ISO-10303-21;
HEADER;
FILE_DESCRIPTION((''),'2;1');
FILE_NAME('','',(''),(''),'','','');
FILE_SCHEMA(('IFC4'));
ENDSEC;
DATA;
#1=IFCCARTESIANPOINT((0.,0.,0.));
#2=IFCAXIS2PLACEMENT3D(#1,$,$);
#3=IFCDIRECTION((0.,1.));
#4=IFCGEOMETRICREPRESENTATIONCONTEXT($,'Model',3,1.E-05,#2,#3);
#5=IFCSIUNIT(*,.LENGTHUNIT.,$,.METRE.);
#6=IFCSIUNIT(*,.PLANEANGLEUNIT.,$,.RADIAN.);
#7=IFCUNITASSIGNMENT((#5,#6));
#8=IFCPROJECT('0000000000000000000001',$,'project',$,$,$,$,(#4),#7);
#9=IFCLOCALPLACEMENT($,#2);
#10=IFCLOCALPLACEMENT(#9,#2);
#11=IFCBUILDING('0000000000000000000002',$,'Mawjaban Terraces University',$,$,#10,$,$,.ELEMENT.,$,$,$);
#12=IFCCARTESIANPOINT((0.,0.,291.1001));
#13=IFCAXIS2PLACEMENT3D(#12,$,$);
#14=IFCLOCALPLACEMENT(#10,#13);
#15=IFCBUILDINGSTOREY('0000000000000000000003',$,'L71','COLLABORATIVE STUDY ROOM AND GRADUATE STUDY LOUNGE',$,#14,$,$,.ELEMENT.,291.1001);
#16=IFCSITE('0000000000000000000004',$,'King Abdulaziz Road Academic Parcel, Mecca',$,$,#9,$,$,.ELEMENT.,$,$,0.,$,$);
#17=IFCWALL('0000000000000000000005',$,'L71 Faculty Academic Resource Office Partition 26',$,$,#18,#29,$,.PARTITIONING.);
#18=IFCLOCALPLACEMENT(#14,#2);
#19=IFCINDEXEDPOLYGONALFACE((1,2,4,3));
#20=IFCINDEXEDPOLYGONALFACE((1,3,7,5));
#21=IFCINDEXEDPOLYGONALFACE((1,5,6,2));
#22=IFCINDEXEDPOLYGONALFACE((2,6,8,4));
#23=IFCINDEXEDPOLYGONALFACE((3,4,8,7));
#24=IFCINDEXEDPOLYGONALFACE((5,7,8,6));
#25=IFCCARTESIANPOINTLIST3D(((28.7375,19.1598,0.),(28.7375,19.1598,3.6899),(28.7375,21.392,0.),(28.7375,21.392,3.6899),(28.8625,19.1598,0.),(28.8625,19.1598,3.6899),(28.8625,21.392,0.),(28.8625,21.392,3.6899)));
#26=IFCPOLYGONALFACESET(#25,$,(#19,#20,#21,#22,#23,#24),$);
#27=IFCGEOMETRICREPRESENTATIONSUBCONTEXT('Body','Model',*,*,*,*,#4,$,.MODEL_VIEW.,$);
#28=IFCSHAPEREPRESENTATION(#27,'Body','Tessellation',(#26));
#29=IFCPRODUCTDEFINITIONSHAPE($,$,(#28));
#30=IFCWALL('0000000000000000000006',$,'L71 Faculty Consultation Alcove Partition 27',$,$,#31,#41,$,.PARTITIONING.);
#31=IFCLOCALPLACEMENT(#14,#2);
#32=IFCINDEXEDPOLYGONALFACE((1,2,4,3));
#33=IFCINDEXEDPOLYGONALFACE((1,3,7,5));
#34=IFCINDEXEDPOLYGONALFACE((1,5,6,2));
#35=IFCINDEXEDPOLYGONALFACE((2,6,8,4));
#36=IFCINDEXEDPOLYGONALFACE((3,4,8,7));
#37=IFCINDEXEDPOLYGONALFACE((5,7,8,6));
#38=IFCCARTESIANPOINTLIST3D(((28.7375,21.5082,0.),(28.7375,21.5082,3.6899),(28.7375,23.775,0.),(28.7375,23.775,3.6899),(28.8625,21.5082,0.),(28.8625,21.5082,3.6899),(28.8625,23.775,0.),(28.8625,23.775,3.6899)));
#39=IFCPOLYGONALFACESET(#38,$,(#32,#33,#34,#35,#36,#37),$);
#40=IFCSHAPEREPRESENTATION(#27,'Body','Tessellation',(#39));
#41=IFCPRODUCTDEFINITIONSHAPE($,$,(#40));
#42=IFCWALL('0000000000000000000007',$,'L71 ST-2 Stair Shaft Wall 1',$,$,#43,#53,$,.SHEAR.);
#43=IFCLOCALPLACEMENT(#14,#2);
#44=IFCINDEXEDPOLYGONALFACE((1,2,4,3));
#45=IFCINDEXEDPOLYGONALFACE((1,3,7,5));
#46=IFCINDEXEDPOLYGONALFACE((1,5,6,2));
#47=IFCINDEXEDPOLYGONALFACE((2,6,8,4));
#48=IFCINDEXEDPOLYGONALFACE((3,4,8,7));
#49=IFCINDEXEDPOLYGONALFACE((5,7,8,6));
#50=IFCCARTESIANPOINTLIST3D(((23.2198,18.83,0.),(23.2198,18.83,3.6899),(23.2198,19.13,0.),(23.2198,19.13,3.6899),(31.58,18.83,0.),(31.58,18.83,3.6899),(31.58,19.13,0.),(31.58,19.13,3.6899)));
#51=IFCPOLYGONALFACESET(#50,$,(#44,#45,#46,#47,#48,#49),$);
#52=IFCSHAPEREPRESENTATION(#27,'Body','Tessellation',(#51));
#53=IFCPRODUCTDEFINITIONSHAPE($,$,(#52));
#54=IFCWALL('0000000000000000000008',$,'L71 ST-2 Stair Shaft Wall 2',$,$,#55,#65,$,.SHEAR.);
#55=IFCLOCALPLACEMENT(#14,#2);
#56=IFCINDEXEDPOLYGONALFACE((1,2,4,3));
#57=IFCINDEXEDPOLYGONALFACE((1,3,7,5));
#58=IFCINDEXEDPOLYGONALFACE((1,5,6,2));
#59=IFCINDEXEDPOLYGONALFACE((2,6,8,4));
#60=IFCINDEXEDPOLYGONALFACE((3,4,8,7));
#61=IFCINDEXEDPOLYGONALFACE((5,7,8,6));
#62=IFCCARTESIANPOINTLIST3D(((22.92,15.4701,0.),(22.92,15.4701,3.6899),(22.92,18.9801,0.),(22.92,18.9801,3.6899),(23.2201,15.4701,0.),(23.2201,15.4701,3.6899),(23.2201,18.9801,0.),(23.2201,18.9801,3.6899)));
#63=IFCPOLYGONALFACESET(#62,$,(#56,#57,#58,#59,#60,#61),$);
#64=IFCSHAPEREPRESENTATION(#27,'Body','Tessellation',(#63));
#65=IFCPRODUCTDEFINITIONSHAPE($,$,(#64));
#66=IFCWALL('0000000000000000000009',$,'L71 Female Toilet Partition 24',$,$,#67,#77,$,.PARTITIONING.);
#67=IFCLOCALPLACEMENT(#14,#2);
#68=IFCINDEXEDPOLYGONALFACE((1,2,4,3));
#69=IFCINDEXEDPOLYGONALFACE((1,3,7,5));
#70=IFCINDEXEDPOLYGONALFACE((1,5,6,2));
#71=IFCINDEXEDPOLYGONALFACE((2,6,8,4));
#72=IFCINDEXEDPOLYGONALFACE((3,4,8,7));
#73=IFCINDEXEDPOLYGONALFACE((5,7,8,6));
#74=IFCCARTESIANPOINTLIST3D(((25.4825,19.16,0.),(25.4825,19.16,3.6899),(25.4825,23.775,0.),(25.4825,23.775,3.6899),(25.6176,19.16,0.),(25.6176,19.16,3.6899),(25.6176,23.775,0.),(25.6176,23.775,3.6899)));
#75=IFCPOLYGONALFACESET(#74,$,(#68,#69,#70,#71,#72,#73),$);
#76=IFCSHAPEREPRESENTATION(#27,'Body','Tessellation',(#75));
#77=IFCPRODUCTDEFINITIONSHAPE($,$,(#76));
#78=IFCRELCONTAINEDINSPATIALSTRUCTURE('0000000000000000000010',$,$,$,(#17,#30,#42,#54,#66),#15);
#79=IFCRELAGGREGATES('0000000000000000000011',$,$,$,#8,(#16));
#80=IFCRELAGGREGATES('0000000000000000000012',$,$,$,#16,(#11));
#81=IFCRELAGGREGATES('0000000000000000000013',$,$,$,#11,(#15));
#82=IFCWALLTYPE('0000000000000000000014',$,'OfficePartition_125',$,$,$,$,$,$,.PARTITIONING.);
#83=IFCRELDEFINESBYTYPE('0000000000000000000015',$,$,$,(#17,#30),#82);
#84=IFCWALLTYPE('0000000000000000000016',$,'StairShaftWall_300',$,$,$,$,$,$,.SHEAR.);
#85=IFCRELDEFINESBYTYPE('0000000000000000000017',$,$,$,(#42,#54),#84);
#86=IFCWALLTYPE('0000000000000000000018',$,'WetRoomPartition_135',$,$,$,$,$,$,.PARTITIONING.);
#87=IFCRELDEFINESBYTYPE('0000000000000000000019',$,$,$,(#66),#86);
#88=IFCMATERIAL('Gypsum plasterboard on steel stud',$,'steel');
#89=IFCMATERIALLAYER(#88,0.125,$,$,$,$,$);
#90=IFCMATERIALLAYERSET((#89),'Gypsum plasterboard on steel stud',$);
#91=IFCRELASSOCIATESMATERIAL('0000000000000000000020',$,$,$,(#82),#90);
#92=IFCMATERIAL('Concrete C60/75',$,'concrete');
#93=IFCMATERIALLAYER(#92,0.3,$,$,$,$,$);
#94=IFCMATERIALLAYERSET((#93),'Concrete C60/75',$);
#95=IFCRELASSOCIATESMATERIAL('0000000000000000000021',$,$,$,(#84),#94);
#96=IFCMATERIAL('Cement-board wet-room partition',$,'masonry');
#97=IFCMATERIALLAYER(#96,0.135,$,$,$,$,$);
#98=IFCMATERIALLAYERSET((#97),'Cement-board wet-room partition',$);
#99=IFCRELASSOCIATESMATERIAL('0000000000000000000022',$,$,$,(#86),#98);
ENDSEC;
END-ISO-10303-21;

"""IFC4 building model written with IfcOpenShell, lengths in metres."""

from ifc_helpers import new_model, si_unit, direction, frame, frame_2d, origin, place, context, subcontext, project, spatial, rectangle, extrude, material, layer, layer_set, type_object, element, save


model = new_model("IFC4")

# Units and contexts
model_context = context("Model", 3, precision=1e-05, world=origin(), true_north=direction((0.0, 1.0)))
body_context = subcontext(model_context, "Body", "Model", "MODEL_VIEW")
ifc_project = project(units=[si_unit("LENGTHUNIT", "METRE"), si_unit("PLANEANGLEUNIT", "RADIAN")], contexts=[model_context])

# Site, building, storey
site_placement = place(None, origin())
site = spatial("IfcSite", under=ifc_project, at=site_placement, Name="King Abdulaziz Road Academic Parcel, Mecca", CompositionType="ELEMENT", RefElevation=0.0)
building_placement = place(site_placement, origin())
building = spatial("IfcBuilding", under=site, at=building_placement, Name="Mawjaban Terraces University", CompositionType="ELEMENT")
storey_placement = place(building_placement, frame((0.0, 0.0, 291.1001)))
storey = spatial("IfcBuildingStorey", under=building, at=storey_placement, Name="L71", Description="COLLABORATIVE STUDY ROOM AND GRADUATE STUDY LOUNGE", CompositionType="ELEMENT", Elevation=291.1001)

# Walls
ifc_material_1 = material(Name="Gypsum plasterboard on steel stud", Category="steel")
ifc_layer_1 = layer(ifc_material_1, 0.125)
ifc_layer_set_1 = layer_set([ifc_layer_1], Name="Gypsum plasterboard on steel stud")
wall_type_1 = type_object("IfcWallType", Name="OfficePartition_125", PredefinedType="PARTITIONING", material=ifc_layer_set_1)
wall_1_placement = place(storey_placement, frame((28.8, 21.3921, 0.0), z_axis=(0.0, 0.0, 1.0), x_axis=(0.0, -1.0, 0.0)))
element("IfcWall", 1, at=wall_1_placement, inside=storey, type_object=wall_type_1, Name="L71 Faculty Academic Resource Office Partition 26", PredefinedType="PARTITIONING", context=body_context, shape_type="SweptSolid", body=[
    extrude(rectangle(XDim=2.2322, YDim=0.125, at=frame_2d((1.1162, 0.0))), origin(), (0.0, 0.0, 1.0), 3.6899),
])
wall_2_placement = place(storey_placement, frame((28.8, 23.7749, 0.0), z_axis=(0.0, 0.0, 1.0), x_axis=(0.0, -1.0, 0.0)))
element("IfcWall", 2, at=wall_2_placement, inside=storey, type_object=wall_type_1, Name="L71 Faculty Consultation Alcove Partition 27", PredefinedType="PARTITIONING", context=body_context, shape_type="SweptSolid", body=[
    extrude(rectangle(XDim=2.2668, YDim=0.125, at=frame_2d((1.1333, 0.0))), origin(), (0.0, 0.0, 1.0), 3.6899),
])
ifc_material_2 = material(Name="Concrete C60/75", Category="concrete")
ifc_layer_2 = layer(ifc_material_2, 0.3)
ifc_layer_set_2 = layer_set([ifc_layer_2], Name="Concrete C60/75")
wall_type_2 = type_object("IfcWallType", Name="StairShaftWall_300", PredefinedType="SHEAR", material=ifc_layer_set_2)
wall_3_placement = place(storey_placement, frame((31.5801, 18.98, 0.0), z_axis=(0.0, 0.0, 1.0), x_axis=(-1.0, 0.0, 0.0)))
element("IfcWall", 3, at=wall_3_placement, inside=storey, type_object=wall_type_2, Name="L71 ST-2 Stair Shaft Wall 1", PredefinedType="SHEAR", context=body_context, shape_type="SweptSolid", body=[
    extrude(rectangle(XDim=8.3601, YDim=0.3, at=frame_2d((4.1802, 0.0))), origin(), (0.0, 0.0, 1.0), 3.6899),
])
wall_4_placement = place(storey_placement, frame((23.0701, 18.98, 0.0), z_axis=(0.0, 0.0, 1.0), x_axis=(0.0, -1.0, 0.0)))
element("IfcWall", 4, at=wall_4_placement, inside=storey, type_object=wall_type_2, Name="L71 ST-2 Stair Shaft Wall 2", PredefinedType="SHEAR", context=body_context, shape_type="SweptSolid", body=[
    extrude(rectangle(XDim=3.51, YDim=0.3, at=frame_2d((1.7549, 0.0))), origin(), (0.0, 0.0, 1.0), 3.6899),
])
ifc_material_3 = material(Name="Cement-board wet-room partition", Category="masonry")
ifc_layer_3 = layer(ifc_material_3, 0.135)
ifc_layer_set_3 = layer_set([ifc_layer_3], Name="Cement-board wet-room partition")
wall_type_3 = type_object("IfcWallType", Name="WetRoomPartition_135", PredefinedType="PARTITIONING", material=ifc_layer_set_3)
wall_5_placement = place(storey_placement, frame((25.55, 19.1599, 0.0), z_axis=(0.0, 0.0, 1.0), x_axis=(0.0, 1.0, 0.0)))
element("IfcWall", 5, at=wall_5_placement, inside=storey, type_object=wall_type_3, Name="L71 Female Toilet Partition 24", PredefinedType="PARTITIONING", context=body_context, shape_type="SweptSolid", body=[
    extrude(rectangle(XDim=4.615, YDim=0.135, at=frame_2d((2.3076, 0.0))), origin(), (0.0, 0.0, 1.0), 3.6899),
])

save(model, "model.ifc")
